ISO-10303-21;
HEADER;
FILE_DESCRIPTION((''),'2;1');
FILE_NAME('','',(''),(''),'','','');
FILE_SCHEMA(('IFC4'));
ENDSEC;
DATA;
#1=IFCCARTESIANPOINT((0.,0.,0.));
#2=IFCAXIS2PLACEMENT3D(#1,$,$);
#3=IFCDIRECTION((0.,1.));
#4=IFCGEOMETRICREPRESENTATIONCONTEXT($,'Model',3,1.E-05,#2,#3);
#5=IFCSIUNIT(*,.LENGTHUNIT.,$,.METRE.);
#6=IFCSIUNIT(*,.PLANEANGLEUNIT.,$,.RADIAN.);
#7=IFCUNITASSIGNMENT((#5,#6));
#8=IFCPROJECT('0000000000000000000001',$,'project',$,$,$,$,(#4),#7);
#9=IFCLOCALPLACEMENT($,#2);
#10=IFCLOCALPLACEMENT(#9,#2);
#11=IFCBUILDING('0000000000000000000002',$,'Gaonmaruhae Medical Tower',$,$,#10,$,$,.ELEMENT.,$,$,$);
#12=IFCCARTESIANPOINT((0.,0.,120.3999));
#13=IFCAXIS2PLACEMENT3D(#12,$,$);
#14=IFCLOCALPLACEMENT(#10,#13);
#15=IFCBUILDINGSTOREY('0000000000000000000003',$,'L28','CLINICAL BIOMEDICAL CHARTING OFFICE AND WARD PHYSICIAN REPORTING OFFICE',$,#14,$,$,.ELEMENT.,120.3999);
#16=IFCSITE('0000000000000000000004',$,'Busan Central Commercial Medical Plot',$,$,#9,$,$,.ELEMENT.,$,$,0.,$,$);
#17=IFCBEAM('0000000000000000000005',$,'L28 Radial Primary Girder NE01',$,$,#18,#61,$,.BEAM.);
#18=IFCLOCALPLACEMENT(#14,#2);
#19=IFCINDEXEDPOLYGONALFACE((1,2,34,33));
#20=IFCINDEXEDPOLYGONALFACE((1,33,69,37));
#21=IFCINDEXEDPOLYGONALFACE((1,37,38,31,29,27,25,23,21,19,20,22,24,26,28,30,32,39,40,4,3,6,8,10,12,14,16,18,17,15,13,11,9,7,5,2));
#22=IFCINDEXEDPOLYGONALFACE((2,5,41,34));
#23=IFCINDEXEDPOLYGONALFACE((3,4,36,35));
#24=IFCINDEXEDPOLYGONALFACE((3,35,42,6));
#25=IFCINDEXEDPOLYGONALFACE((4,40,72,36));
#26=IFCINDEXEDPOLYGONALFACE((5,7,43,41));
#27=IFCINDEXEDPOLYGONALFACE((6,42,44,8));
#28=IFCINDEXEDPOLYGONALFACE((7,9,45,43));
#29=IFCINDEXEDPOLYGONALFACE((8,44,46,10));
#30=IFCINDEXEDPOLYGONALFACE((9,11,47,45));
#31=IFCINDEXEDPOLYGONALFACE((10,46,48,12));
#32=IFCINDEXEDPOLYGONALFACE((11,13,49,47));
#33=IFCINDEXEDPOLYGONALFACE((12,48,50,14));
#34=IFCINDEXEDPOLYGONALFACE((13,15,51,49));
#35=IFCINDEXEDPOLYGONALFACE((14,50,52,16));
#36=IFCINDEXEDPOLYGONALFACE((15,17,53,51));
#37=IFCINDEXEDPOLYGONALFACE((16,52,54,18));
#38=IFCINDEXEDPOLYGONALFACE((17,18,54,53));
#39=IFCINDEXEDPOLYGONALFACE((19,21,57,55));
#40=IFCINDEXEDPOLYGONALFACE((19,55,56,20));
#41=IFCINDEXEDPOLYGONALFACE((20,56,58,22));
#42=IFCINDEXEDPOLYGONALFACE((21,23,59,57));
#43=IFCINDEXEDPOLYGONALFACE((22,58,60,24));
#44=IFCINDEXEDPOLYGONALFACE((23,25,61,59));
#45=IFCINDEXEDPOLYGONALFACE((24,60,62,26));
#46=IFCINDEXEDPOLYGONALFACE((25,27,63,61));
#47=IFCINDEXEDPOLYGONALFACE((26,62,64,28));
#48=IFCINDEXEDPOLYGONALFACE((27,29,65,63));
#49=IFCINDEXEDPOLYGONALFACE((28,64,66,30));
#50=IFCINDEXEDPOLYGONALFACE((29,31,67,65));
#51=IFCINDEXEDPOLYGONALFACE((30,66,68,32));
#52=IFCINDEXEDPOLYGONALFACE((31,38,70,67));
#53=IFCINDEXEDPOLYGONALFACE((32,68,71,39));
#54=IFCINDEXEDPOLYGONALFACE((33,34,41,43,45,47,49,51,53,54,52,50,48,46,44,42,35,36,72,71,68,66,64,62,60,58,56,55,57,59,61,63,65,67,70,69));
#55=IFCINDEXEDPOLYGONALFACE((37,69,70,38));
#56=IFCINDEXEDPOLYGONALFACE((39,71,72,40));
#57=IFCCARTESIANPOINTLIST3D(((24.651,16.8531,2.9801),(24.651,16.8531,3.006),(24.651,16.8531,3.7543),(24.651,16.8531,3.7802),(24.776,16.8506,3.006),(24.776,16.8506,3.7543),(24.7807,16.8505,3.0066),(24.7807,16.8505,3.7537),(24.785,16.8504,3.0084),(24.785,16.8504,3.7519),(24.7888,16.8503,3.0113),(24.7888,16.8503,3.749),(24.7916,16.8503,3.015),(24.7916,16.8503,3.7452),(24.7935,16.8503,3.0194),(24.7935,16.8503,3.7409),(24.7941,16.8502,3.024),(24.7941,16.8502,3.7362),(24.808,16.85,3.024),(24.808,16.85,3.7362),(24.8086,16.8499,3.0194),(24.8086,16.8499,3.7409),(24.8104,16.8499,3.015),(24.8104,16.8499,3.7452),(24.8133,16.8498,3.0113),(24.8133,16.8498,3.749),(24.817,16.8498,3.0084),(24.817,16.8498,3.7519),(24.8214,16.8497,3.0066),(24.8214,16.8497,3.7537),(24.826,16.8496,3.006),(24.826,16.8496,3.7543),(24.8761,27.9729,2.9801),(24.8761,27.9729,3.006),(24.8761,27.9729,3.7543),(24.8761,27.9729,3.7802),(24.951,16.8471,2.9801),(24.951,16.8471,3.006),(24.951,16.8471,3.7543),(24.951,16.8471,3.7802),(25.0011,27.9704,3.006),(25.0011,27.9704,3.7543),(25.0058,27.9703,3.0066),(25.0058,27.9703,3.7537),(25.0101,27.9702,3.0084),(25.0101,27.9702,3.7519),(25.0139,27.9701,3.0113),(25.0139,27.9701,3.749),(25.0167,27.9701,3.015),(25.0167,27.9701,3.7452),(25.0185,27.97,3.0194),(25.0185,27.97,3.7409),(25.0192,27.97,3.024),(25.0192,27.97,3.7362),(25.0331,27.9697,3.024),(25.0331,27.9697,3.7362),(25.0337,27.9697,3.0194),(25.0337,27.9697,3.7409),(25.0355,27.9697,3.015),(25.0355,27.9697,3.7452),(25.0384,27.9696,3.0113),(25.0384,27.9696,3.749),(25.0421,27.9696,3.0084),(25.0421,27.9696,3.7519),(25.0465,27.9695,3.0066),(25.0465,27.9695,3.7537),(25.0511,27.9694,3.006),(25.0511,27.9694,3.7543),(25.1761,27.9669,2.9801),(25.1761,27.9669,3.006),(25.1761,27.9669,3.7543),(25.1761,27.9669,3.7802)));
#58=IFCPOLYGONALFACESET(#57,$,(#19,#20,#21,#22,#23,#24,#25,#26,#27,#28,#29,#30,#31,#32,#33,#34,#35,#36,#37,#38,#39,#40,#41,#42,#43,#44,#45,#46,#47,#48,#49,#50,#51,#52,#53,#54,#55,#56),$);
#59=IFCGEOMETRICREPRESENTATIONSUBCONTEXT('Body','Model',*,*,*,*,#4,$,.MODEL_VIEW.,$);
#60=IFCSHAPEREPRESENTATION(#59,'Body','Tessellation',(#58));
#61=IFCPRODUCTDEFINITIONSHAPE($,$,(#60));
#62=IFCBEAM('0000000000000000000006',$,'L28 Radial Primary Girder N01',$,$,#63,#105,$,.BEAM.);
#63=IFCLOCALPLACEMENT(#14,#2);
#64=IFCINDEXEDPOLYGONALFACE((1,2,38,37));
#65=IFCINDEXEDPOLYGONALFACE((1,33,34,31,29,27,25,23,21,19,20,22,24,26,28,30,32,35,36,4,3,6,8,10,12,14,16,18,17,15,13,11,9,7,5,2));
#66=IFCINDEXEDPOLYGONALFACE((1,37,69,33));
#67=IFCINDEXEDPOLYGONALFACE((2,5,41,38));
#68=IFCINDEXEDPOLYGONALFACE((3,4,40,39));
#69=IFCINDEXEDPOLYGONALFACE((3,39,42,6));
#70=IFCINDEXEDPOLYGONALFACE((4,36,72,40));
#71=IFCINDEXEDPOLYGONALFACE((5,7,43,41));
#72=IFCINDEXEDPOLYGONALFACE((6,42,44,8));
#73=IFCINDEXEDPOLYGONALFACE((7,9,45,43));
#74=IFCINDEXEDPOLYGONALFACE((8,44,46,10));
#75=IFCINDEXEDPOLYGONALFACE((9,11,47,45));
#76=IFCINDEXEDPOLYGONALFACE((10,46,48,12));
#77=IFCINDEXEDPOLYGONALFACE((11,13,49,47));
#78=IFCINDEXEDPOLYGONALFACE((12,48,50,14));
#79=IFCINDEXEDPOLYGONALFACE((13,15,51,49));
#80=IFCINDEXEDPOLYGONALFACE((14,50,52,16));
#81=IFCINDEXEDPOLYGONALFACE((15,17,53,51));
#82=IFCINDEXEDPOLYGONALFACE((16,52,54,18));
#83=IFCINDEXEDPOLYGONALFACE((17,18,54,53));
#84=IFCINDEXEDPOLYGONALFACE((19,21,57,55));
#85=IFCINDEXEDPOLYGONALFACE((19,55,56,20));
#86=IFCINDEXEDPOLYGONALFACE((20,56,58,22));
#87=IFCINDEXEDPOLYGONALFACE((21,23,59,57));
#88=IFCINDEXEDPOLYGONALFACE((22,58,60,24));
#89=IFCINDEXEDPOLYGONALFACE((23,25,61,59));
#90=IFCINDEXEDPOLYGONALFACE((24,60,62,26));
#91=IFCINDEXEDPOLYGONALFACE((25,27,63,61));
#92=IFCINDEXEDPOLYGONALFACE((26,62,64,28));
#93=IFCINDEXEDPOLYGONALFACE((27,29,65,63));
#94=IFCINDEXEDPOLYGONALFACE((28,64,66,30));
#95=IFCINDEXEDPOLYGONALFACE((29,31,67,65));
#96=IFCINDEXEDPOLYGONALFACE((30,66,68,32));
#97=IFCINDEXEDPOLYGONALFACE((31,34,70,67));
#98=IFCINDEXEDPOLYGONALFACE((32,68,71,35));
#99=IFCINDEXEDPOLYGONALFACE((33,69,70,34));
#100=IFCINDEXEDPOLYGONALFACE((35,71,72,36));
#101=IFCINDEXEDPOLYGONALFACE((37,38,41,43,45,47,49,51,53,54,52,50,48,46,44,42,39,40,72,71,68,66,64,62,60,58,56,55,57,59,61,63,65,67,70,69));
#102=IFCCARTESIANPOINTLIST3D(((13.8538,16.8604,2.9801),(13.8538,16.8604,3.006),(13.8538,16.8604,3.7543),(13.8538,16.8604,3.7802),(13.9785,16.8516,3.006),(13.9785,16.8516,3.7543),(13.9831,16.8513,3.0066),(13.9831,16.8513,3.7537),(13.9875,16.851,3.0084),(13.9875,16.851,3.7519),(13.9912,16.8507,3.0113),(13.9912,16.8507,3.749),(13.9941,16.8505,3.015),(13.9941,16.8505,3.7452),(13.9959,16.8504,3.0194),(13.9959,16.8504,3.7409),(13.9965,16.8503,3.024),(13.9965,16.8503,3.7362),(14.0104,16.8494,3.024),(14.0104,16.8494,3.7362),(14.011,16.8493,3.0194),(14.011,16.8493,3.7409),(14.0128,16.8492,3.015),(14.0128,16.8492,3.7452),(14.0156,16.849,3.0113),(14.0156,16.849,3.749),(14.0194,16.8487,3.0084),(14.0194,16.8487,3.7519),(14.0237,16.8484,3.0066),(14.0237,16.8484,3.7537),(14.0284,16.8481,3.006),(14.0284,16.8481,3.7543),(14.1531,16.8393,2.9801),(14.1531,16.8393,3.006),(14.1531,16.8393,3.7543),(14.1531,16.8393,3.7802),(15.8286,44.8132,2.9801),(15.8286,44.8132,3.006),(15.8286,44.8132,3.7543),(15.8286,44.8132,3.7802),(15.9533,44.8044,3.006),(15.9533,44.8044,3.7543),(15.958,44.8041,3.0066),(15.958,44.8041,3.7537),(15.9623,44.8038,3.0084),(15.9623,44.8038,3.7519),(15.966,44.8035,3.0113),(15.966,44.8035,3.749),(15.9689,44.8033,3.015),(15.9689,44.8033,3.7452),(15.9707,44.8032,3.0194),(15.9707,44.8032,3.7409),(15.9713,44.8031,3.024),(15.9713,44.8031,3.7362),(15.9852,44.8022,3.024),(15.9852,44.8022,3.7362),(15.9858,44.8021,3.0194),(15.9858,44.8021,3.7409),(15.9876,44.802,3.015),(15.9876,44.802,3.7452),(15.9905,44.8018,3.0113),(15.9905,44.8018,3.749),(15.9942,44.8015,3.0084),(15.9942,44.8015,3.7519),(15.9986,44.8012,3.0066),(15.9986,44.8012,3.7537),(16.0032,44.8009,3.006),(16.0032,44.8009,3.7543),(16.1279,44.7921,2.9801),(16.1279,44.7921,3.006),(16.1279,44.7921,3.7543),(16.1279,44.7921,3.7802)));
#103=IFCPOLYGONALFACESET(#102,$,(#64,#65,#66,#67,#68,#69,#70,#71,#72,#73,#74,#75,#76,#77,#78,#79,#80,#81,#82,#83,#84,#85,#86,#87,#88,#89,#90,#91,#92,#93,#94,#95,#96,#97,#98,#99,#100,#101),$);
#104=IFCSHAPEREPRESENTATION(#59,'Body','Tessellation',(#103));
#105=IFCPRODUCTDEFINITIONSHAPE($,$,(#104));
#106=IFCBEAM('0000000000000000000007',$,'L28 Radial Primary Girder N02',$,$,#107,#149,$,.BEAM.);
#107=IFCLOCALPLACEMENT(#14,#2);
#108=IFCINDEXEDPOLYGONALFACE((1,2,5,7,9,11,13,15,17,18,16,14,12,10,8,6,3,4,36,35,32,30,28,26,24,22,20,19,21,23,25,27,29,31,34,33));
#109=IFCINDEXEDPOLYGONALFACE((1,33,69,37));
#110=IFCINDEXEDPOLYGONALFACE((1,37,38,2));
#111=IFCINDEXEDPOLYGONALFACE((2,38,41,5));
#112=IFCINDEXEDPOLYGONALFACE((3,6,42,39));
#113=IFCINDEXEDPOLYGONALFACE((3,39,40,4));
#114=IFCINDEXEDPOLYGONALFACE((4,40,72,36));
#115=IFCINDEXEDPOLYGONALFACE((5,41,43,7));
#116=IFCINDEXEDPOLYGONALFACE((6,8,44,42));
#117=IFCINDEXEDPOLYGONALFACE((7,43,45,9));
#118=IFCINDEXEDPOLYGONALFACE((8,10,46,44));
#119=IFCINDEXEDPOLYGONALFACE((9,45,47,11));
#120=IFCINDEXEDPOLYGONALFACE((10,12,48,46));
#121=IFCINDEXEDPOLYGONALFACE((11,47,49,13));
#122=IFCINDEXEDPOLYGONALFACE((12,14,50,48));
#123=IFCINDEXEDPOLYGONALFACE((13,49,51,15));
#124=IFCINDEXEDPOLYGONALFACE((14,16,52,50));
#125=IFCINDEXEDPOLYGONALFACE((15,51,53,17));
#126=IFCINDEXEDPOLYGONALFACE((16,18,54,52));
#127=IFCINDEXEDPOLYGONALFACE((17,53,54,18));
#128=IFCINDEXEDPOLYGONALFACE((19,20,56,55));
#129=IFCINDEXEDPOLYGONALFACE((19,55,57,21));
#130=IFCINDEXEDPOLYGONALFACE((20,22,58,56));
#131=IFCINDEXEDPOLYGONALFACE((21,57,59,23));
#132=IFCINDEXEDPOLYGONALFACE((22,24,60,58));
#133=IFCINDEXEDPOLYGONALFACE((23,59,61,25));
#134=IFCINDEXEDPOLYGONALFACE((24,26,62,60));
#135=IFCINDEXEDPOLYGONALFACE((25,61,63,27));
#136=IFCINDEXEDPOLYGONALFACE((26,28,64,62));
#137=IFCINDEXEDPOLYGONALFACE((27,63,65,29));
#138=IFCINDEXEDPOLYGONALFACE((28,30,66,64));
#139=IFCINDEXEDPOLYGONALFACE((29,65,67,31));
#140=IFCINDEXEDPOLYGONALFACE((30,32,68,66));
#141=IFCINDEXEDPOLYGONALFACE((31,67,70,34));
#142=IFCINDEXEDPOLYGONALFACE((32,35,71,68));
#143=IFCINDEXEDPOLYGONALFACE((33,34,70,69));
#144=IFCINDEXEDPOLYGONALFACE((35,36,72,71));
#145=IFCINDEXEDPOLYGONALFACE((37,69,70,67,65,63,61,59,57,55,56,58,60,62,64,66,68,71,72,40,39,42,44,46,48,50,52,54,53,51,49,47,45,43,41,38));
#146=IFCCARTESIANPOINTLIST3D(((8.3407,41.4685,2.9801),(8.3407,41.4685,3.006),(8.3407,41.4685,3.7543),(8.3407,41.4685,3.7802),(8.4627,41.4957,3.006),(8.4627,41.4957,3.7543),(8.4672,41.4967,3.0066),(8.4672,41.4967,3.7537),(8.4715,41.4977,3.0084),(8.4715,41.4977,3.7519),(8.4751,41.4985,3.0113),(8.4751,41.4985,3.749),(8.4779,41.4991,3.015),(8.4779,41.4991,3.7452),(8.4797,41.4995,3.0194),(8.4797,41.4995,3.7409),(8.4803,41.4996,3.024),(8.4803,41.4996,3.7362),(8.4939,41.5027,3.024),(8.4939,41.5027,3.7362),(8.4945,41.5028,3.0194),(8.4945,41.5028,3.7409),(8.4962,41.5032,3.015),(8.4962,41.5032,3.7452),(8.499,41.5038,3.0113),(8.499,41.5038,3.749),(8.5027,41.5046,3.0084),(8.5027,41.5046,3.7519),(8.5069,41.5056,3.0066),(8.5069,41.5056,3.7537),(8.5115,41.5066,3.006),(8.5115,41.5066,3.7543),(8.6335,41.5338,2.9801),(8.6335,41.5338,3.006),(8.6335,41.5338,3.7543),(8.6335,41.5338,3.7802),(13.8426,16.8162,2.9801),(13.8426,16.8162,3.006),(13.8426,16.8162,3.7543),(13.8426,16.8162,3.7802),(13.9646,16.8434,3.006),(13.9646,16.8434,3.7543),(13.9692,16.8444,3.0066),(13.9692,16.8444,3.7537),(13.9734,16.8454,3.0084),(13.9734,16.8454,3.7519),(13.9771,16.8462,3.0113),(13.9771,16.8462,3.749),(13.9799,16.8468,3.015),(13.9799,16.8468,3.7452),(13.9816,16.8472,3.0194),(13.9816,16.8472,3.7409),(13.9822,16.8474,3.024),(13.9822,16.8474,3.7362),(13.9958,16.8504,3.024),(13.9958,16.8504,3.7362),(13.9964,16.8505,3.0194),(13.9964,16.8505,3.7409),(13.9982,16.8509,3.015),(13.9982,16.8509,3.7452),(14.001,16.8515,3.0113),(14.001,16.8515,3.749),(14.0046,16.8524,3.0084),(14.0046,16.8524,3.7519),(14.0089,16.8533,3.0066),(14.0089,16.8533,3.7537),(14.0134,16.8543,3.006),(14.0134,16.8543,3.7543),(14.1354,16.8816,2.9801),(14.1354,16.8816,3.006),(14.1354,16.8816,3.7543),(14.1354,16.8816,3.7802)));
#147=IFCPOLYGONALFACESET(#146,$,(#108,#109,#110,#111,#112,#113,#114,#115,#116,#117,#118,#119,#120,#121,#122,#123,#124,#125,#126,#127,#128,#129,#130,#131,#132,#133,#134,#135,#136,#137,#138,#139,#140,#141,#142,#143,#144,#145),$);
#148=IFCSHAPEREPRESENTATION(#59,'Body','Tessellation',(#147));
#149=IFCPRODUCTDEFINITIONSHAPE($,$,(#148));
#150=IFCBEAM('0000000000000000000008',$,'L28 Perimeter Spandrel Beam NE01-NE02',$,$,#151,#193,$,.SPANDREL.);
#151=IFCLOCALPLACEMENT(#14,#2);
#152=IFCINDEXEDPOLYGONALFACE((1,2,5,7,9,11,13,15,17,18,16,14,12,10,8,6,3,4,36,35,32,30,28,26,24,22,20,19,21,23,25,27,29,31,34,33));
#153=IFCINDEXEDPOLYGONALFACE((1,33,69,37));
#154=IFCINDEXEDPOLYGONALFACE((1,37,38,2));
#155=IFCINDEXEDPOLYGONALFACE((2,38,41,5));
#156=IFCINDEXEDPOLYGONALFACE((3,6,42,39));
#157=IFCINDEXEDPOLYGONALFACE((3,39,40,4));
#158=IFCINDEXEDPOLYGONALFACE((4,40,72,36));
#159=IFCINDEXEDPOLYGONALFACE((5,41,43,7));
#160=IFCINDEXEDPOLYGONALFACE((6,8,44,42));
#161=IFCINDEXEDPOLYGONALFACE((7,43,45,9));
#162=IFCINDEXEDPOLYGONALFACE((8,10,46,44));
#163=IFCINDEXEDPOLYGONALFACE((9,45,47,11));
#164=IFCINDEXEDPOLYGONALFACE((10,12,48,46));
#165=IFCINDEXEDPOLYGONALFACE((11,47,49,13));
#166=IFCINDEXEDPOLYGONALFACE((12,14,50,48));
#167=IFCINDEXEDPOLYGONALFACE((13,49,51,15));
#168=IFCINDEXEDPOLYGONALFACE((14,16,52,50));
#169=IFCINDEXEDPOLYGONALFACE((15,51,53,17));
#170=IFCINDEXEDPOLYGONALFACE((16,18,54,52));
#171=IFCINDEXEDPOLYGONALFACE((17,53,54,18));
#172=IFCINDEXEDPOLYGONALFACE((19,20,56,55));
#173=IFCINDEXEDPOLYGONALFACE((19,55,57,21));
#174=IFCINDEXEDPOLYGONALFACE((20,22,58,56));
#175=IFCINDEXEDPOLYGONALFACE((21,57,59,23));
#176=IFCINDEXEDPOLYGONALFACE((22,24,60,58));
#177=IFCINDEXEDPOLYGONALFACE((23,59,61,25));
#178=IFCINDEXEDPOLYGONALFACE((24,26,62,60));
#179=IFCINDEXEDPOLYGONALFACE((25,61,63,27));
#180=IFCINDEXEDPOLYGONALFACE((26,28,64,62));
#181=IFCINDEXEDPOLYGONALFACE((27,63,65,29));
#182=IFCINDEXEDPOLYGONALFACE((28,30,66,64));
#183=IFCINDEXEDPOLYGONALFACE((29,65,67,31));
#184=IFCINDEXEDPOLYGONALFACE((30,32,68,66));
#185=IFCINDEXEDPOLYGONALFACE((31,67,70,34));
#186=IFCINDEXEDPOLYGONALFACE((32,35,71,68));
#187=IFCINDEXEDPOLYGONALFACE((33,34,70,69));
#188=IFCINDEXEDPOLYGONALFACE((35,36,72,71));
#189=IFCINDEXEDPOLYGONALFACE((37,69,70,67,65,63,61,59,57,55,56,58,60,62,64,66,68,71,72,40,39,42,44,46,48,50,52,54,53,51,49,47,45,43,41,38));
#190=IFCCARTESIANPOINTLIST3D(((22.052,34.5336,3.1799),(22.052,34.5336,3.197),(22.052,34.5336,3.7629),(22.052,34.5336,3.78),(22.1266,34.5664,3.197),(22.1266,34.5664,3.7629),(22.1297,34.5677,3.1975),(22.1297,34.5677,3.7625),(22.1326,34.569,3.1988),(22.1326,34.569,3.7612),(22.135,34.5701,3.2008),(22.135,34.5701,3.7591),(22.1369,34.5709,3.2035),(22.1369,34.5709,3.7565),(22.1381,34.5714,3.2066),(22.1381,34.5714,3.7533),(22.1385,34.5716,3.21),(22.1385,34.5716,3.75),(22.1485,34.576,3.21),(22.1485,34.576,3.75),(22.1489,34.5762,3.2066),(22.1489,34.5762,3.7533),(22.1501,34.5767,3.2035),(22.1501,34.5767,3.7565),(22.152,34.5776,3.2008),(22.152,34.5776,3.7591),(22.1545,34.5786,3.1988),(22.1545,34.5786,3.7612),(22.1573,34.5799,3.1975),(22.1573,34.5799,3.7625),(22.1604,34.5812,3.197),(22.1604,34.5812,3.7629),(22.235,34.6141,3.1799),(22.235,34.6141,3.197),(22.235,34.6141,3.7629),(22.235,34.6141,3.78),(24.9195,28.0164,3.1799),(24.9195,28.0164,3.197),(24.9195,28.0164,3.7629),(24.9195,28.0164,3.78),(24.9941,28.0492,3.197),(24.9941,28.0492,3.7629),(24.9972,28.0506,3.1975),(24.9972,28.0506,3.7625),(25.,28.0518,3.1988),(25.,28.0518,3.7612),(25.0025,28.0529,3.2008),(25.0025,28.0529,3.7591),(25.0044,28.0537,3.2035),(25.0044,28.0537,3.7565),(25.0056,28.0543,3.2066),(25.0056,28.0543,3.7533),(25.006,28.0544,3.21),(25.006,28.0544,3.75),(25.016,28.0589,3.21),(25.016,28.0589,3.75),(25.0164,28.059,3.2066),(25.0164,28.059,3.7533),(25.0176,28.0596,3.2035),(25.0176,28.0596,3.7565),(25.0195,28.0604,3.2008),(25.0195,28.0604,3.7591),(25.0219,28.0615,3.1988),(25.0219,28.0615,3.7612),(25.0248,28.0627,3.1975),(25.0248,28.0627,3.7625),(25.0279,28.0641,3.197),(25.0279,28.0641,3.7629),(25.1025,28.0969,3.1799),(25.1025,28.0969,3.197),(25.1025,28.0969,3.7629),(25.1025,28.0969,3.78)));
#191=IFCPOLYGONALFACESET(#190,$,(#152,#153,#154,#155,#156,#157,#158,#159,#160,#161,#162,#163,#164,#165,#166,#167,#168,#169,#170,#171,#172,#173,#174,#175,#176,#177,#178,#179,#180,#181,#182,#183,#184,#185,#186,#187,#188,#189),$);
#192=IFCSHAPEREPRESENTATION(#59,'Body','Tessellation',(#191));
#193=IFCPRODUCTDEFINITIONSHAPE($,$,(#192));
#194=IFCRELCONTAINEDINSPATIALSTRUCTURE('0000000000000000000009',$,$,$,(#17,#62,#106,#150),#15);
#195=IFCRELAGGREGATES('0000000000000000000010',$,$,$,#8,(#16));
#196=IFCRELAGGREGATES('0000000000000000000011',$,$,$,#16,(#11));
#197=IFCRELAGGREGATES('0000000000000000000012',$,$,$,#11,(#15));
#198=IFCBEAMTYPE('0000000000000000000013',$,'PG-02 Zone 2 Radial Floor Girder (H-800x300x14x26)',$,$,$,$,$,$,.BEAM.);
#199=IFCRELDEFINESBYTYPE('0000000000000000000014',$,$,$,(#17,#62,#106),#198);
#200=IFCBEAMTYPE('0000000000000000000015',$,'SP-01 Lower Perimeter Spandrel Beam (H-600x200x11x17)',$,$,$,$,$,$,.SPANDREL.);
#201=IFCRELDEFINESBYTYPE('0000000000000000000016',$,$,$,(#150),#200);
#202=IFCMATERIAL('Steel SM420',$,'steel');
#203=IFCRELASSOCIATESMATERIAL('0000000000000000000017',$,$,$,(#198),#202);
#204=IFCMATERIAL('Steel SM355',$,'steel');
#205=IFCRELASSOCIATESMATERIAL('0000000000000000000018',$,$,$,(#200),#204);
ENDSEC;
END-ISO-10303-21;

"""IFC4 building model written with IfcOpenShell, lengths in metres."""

from ifc_helpers import new_model, si_unit, direction, frame, origin, origin_2d, place, context, subcontext, project, spatial, i_section, extrude, material, material_profile, profile_set, type_object, element, save


model = new_model("IFC4")

# Units and contexts
model_context = context("Model", 3, precision=1e-05, world=origin(), true_north=direction((0.0, 1.0)))
body_context = subcontext(model_context, "Body", "Model", "MODEL_VIEW")
ifc_project = project(units=[si_unit("LENGTHUNIT", "METRE"), si_unit("PLANEANGLEUNIT", "RADIAN")], contexts=[model_context])

# Site, building, storey
site_placement = place(None, origin())
site = spatial("IfcSite", under=ifc_project, at=site_placement, Name="Busan Central Commercial Medical Plot", CompositionType="ELEMENT", RefElevation=0.0)
building_placement = place(site_placement, origin())
building = spatial("IfcBuilding", under=site, at=building_placement, Name="Gaonmaruhae Medical Tower", CompositionType="ELEMENT")
storey_placement = place(building_placement, frame((0.0, 0.0, 120.3999)))
storey = spatial("IfcBuildingStorey", under=building, at=storey_placement, Name="L28", Description="CLINICAL BIOMEDICAL CHARTING OFFICE AND WARD PHYSICIAN REPORTING OFFICE", CompositionType="ELEMENT", Elevation=120.3999)

# Beams
ifc_material_1 = material(Name="Steel SM355", Category="steel")
ifc_material_2 = material(Name="Steel SM420", Category="steel")
ifc_material_profile_1 = material_profile(ifc_material_2, i_section(OverallWidth=0.3, OverallDepth=0.8, WebThickness=0.0139, FlangeThickness=0.0259, FilletRadius=0.0181, at=origin_2d()), Name="H-800x300x14x26")
ifc_profile_set_1 = profile_set([ifc_material_profile_1], Name="Steel SM420")
beam_type_1 = type_object("IfcBeamType", Name="PG-02 Zone 2 Radial Floor Girder (H-800x300x14x26)", PredefinedType="BEAM", material=ifc_profile_set_1)
beam_1_placement = place(storey_placement, frame((24.801, 16.8501, 3.3801), z_axis=(0.020239, 0.999795, 0.0), x_axis=(-0.999795, 0.020239, 0.0)))
element("IfcBeam", 1, at=beam_1_placement, inside=storey, type_object=beam_type_1, Name="L28 Radial Primary Girder NE01", PredefinedType="BEAM", context=body_context, shape_type="SweptSolid", body=[
    extrude(i_section(OverallWidth=0.3, OverallDepth=0.8, WebThickness=0.0139, FlangeThickness=0.0259, FilletRadius=0.0181, at=origin_2d()), origin(), (0.0, 0.0, 1.0), 11.1221),
])
beam_2_placement = place(storey_placement, frame((14.0034, 16.8499, 3.3801), z_axis=(0.070474, 0.997514, 0.0), x_axis=(-0.997514, 0.070474, 0.0)))
element("IfcBeam", 2, at=beam_2_placement, inside=storey, type_object=beam_type_1, Name="L28 Radial Primary Girder N01", PredefinedType="BEAM", context=body_context, shape_type="SweptSolid", body=[
    extrude(i_section(OverallWidth=0.3, OverallDepth=0.8, WebThickness=0.0139, FlangeThickness=0.0259, FilletRadius=0.0181, at=origin_2d()), origin(), (0.0, 0.0, 1.0), 28.0225),
])
beam_3_placement = place(storey_placement, frame((13.989, 16.8489, 3.3801), z_axis=(-0.217823, 0.975988, 0.0), x_axis=(-0.975988, -0.217823, 0.0)))
element("IfcBeam", 3, at=beam_3_placement, inside=storey, type_object=beam_type_1, Name="L28 Radial Primary Girder N02", PredefinedType="BEAM", context=body_context, shape_type="SweptSolid", body=[
    extrude(i_section(OverallWidth=0.3, OverallDepth=0.8, WebThickness=0.0139, FlangeThickness=0.0259, FilletRadius=0.0181, at=origin_2d()), origin(), (0.0, 0.0, 1.0), 25.2588),
])
ifc_material_profile_2 = material_profile(ifc_material_1, i_section(OverallWidth=0.2, OverallDepth=0.6001, WebThickness=0.011, FlangeThickness=0.0171, FilletRadius=0.0129, at=origin_2d()), Name="H-600x200x11x17")
ifc_profile_set_2 = profile_set([ifc_material_profile_2], Name="Steel SM355")
beam_type_2 = type_object("IfcBeamType", Name="SP-01 Lower Perimeter Spandrel Beam (H-600x200x11x17)", PredefinedType="SPANDREL", material=ifc_profile_set_2)
beam_4_placement = place(storey_placement, frame((25.011, 28.0566, 3.48), z_axis=(-0.402728, 0.91532, 0.0), x_axis=(-0.91532, -0.402728, 0.0)))
element("IfcBeam", 4, at=beam_4_placement, inside=storey, type_object=beam_type_2, Name="L28 Perimeter Spandrel Beam NE01-NE02", PredefinedType="SPANDREL", context=body_context, shape_type="SweptSolid", body=[
    extrude(i_section(OverallWidth=0.2, OverallDepth=0.6001, WebThickness=0.011, FlangeThickness=0.0171, FilletRadius=0.0129, at=origin_2d()), origin(), (0.0, 0.0, 1.0), 7.1201),
])

save(model, "model.ifc")
